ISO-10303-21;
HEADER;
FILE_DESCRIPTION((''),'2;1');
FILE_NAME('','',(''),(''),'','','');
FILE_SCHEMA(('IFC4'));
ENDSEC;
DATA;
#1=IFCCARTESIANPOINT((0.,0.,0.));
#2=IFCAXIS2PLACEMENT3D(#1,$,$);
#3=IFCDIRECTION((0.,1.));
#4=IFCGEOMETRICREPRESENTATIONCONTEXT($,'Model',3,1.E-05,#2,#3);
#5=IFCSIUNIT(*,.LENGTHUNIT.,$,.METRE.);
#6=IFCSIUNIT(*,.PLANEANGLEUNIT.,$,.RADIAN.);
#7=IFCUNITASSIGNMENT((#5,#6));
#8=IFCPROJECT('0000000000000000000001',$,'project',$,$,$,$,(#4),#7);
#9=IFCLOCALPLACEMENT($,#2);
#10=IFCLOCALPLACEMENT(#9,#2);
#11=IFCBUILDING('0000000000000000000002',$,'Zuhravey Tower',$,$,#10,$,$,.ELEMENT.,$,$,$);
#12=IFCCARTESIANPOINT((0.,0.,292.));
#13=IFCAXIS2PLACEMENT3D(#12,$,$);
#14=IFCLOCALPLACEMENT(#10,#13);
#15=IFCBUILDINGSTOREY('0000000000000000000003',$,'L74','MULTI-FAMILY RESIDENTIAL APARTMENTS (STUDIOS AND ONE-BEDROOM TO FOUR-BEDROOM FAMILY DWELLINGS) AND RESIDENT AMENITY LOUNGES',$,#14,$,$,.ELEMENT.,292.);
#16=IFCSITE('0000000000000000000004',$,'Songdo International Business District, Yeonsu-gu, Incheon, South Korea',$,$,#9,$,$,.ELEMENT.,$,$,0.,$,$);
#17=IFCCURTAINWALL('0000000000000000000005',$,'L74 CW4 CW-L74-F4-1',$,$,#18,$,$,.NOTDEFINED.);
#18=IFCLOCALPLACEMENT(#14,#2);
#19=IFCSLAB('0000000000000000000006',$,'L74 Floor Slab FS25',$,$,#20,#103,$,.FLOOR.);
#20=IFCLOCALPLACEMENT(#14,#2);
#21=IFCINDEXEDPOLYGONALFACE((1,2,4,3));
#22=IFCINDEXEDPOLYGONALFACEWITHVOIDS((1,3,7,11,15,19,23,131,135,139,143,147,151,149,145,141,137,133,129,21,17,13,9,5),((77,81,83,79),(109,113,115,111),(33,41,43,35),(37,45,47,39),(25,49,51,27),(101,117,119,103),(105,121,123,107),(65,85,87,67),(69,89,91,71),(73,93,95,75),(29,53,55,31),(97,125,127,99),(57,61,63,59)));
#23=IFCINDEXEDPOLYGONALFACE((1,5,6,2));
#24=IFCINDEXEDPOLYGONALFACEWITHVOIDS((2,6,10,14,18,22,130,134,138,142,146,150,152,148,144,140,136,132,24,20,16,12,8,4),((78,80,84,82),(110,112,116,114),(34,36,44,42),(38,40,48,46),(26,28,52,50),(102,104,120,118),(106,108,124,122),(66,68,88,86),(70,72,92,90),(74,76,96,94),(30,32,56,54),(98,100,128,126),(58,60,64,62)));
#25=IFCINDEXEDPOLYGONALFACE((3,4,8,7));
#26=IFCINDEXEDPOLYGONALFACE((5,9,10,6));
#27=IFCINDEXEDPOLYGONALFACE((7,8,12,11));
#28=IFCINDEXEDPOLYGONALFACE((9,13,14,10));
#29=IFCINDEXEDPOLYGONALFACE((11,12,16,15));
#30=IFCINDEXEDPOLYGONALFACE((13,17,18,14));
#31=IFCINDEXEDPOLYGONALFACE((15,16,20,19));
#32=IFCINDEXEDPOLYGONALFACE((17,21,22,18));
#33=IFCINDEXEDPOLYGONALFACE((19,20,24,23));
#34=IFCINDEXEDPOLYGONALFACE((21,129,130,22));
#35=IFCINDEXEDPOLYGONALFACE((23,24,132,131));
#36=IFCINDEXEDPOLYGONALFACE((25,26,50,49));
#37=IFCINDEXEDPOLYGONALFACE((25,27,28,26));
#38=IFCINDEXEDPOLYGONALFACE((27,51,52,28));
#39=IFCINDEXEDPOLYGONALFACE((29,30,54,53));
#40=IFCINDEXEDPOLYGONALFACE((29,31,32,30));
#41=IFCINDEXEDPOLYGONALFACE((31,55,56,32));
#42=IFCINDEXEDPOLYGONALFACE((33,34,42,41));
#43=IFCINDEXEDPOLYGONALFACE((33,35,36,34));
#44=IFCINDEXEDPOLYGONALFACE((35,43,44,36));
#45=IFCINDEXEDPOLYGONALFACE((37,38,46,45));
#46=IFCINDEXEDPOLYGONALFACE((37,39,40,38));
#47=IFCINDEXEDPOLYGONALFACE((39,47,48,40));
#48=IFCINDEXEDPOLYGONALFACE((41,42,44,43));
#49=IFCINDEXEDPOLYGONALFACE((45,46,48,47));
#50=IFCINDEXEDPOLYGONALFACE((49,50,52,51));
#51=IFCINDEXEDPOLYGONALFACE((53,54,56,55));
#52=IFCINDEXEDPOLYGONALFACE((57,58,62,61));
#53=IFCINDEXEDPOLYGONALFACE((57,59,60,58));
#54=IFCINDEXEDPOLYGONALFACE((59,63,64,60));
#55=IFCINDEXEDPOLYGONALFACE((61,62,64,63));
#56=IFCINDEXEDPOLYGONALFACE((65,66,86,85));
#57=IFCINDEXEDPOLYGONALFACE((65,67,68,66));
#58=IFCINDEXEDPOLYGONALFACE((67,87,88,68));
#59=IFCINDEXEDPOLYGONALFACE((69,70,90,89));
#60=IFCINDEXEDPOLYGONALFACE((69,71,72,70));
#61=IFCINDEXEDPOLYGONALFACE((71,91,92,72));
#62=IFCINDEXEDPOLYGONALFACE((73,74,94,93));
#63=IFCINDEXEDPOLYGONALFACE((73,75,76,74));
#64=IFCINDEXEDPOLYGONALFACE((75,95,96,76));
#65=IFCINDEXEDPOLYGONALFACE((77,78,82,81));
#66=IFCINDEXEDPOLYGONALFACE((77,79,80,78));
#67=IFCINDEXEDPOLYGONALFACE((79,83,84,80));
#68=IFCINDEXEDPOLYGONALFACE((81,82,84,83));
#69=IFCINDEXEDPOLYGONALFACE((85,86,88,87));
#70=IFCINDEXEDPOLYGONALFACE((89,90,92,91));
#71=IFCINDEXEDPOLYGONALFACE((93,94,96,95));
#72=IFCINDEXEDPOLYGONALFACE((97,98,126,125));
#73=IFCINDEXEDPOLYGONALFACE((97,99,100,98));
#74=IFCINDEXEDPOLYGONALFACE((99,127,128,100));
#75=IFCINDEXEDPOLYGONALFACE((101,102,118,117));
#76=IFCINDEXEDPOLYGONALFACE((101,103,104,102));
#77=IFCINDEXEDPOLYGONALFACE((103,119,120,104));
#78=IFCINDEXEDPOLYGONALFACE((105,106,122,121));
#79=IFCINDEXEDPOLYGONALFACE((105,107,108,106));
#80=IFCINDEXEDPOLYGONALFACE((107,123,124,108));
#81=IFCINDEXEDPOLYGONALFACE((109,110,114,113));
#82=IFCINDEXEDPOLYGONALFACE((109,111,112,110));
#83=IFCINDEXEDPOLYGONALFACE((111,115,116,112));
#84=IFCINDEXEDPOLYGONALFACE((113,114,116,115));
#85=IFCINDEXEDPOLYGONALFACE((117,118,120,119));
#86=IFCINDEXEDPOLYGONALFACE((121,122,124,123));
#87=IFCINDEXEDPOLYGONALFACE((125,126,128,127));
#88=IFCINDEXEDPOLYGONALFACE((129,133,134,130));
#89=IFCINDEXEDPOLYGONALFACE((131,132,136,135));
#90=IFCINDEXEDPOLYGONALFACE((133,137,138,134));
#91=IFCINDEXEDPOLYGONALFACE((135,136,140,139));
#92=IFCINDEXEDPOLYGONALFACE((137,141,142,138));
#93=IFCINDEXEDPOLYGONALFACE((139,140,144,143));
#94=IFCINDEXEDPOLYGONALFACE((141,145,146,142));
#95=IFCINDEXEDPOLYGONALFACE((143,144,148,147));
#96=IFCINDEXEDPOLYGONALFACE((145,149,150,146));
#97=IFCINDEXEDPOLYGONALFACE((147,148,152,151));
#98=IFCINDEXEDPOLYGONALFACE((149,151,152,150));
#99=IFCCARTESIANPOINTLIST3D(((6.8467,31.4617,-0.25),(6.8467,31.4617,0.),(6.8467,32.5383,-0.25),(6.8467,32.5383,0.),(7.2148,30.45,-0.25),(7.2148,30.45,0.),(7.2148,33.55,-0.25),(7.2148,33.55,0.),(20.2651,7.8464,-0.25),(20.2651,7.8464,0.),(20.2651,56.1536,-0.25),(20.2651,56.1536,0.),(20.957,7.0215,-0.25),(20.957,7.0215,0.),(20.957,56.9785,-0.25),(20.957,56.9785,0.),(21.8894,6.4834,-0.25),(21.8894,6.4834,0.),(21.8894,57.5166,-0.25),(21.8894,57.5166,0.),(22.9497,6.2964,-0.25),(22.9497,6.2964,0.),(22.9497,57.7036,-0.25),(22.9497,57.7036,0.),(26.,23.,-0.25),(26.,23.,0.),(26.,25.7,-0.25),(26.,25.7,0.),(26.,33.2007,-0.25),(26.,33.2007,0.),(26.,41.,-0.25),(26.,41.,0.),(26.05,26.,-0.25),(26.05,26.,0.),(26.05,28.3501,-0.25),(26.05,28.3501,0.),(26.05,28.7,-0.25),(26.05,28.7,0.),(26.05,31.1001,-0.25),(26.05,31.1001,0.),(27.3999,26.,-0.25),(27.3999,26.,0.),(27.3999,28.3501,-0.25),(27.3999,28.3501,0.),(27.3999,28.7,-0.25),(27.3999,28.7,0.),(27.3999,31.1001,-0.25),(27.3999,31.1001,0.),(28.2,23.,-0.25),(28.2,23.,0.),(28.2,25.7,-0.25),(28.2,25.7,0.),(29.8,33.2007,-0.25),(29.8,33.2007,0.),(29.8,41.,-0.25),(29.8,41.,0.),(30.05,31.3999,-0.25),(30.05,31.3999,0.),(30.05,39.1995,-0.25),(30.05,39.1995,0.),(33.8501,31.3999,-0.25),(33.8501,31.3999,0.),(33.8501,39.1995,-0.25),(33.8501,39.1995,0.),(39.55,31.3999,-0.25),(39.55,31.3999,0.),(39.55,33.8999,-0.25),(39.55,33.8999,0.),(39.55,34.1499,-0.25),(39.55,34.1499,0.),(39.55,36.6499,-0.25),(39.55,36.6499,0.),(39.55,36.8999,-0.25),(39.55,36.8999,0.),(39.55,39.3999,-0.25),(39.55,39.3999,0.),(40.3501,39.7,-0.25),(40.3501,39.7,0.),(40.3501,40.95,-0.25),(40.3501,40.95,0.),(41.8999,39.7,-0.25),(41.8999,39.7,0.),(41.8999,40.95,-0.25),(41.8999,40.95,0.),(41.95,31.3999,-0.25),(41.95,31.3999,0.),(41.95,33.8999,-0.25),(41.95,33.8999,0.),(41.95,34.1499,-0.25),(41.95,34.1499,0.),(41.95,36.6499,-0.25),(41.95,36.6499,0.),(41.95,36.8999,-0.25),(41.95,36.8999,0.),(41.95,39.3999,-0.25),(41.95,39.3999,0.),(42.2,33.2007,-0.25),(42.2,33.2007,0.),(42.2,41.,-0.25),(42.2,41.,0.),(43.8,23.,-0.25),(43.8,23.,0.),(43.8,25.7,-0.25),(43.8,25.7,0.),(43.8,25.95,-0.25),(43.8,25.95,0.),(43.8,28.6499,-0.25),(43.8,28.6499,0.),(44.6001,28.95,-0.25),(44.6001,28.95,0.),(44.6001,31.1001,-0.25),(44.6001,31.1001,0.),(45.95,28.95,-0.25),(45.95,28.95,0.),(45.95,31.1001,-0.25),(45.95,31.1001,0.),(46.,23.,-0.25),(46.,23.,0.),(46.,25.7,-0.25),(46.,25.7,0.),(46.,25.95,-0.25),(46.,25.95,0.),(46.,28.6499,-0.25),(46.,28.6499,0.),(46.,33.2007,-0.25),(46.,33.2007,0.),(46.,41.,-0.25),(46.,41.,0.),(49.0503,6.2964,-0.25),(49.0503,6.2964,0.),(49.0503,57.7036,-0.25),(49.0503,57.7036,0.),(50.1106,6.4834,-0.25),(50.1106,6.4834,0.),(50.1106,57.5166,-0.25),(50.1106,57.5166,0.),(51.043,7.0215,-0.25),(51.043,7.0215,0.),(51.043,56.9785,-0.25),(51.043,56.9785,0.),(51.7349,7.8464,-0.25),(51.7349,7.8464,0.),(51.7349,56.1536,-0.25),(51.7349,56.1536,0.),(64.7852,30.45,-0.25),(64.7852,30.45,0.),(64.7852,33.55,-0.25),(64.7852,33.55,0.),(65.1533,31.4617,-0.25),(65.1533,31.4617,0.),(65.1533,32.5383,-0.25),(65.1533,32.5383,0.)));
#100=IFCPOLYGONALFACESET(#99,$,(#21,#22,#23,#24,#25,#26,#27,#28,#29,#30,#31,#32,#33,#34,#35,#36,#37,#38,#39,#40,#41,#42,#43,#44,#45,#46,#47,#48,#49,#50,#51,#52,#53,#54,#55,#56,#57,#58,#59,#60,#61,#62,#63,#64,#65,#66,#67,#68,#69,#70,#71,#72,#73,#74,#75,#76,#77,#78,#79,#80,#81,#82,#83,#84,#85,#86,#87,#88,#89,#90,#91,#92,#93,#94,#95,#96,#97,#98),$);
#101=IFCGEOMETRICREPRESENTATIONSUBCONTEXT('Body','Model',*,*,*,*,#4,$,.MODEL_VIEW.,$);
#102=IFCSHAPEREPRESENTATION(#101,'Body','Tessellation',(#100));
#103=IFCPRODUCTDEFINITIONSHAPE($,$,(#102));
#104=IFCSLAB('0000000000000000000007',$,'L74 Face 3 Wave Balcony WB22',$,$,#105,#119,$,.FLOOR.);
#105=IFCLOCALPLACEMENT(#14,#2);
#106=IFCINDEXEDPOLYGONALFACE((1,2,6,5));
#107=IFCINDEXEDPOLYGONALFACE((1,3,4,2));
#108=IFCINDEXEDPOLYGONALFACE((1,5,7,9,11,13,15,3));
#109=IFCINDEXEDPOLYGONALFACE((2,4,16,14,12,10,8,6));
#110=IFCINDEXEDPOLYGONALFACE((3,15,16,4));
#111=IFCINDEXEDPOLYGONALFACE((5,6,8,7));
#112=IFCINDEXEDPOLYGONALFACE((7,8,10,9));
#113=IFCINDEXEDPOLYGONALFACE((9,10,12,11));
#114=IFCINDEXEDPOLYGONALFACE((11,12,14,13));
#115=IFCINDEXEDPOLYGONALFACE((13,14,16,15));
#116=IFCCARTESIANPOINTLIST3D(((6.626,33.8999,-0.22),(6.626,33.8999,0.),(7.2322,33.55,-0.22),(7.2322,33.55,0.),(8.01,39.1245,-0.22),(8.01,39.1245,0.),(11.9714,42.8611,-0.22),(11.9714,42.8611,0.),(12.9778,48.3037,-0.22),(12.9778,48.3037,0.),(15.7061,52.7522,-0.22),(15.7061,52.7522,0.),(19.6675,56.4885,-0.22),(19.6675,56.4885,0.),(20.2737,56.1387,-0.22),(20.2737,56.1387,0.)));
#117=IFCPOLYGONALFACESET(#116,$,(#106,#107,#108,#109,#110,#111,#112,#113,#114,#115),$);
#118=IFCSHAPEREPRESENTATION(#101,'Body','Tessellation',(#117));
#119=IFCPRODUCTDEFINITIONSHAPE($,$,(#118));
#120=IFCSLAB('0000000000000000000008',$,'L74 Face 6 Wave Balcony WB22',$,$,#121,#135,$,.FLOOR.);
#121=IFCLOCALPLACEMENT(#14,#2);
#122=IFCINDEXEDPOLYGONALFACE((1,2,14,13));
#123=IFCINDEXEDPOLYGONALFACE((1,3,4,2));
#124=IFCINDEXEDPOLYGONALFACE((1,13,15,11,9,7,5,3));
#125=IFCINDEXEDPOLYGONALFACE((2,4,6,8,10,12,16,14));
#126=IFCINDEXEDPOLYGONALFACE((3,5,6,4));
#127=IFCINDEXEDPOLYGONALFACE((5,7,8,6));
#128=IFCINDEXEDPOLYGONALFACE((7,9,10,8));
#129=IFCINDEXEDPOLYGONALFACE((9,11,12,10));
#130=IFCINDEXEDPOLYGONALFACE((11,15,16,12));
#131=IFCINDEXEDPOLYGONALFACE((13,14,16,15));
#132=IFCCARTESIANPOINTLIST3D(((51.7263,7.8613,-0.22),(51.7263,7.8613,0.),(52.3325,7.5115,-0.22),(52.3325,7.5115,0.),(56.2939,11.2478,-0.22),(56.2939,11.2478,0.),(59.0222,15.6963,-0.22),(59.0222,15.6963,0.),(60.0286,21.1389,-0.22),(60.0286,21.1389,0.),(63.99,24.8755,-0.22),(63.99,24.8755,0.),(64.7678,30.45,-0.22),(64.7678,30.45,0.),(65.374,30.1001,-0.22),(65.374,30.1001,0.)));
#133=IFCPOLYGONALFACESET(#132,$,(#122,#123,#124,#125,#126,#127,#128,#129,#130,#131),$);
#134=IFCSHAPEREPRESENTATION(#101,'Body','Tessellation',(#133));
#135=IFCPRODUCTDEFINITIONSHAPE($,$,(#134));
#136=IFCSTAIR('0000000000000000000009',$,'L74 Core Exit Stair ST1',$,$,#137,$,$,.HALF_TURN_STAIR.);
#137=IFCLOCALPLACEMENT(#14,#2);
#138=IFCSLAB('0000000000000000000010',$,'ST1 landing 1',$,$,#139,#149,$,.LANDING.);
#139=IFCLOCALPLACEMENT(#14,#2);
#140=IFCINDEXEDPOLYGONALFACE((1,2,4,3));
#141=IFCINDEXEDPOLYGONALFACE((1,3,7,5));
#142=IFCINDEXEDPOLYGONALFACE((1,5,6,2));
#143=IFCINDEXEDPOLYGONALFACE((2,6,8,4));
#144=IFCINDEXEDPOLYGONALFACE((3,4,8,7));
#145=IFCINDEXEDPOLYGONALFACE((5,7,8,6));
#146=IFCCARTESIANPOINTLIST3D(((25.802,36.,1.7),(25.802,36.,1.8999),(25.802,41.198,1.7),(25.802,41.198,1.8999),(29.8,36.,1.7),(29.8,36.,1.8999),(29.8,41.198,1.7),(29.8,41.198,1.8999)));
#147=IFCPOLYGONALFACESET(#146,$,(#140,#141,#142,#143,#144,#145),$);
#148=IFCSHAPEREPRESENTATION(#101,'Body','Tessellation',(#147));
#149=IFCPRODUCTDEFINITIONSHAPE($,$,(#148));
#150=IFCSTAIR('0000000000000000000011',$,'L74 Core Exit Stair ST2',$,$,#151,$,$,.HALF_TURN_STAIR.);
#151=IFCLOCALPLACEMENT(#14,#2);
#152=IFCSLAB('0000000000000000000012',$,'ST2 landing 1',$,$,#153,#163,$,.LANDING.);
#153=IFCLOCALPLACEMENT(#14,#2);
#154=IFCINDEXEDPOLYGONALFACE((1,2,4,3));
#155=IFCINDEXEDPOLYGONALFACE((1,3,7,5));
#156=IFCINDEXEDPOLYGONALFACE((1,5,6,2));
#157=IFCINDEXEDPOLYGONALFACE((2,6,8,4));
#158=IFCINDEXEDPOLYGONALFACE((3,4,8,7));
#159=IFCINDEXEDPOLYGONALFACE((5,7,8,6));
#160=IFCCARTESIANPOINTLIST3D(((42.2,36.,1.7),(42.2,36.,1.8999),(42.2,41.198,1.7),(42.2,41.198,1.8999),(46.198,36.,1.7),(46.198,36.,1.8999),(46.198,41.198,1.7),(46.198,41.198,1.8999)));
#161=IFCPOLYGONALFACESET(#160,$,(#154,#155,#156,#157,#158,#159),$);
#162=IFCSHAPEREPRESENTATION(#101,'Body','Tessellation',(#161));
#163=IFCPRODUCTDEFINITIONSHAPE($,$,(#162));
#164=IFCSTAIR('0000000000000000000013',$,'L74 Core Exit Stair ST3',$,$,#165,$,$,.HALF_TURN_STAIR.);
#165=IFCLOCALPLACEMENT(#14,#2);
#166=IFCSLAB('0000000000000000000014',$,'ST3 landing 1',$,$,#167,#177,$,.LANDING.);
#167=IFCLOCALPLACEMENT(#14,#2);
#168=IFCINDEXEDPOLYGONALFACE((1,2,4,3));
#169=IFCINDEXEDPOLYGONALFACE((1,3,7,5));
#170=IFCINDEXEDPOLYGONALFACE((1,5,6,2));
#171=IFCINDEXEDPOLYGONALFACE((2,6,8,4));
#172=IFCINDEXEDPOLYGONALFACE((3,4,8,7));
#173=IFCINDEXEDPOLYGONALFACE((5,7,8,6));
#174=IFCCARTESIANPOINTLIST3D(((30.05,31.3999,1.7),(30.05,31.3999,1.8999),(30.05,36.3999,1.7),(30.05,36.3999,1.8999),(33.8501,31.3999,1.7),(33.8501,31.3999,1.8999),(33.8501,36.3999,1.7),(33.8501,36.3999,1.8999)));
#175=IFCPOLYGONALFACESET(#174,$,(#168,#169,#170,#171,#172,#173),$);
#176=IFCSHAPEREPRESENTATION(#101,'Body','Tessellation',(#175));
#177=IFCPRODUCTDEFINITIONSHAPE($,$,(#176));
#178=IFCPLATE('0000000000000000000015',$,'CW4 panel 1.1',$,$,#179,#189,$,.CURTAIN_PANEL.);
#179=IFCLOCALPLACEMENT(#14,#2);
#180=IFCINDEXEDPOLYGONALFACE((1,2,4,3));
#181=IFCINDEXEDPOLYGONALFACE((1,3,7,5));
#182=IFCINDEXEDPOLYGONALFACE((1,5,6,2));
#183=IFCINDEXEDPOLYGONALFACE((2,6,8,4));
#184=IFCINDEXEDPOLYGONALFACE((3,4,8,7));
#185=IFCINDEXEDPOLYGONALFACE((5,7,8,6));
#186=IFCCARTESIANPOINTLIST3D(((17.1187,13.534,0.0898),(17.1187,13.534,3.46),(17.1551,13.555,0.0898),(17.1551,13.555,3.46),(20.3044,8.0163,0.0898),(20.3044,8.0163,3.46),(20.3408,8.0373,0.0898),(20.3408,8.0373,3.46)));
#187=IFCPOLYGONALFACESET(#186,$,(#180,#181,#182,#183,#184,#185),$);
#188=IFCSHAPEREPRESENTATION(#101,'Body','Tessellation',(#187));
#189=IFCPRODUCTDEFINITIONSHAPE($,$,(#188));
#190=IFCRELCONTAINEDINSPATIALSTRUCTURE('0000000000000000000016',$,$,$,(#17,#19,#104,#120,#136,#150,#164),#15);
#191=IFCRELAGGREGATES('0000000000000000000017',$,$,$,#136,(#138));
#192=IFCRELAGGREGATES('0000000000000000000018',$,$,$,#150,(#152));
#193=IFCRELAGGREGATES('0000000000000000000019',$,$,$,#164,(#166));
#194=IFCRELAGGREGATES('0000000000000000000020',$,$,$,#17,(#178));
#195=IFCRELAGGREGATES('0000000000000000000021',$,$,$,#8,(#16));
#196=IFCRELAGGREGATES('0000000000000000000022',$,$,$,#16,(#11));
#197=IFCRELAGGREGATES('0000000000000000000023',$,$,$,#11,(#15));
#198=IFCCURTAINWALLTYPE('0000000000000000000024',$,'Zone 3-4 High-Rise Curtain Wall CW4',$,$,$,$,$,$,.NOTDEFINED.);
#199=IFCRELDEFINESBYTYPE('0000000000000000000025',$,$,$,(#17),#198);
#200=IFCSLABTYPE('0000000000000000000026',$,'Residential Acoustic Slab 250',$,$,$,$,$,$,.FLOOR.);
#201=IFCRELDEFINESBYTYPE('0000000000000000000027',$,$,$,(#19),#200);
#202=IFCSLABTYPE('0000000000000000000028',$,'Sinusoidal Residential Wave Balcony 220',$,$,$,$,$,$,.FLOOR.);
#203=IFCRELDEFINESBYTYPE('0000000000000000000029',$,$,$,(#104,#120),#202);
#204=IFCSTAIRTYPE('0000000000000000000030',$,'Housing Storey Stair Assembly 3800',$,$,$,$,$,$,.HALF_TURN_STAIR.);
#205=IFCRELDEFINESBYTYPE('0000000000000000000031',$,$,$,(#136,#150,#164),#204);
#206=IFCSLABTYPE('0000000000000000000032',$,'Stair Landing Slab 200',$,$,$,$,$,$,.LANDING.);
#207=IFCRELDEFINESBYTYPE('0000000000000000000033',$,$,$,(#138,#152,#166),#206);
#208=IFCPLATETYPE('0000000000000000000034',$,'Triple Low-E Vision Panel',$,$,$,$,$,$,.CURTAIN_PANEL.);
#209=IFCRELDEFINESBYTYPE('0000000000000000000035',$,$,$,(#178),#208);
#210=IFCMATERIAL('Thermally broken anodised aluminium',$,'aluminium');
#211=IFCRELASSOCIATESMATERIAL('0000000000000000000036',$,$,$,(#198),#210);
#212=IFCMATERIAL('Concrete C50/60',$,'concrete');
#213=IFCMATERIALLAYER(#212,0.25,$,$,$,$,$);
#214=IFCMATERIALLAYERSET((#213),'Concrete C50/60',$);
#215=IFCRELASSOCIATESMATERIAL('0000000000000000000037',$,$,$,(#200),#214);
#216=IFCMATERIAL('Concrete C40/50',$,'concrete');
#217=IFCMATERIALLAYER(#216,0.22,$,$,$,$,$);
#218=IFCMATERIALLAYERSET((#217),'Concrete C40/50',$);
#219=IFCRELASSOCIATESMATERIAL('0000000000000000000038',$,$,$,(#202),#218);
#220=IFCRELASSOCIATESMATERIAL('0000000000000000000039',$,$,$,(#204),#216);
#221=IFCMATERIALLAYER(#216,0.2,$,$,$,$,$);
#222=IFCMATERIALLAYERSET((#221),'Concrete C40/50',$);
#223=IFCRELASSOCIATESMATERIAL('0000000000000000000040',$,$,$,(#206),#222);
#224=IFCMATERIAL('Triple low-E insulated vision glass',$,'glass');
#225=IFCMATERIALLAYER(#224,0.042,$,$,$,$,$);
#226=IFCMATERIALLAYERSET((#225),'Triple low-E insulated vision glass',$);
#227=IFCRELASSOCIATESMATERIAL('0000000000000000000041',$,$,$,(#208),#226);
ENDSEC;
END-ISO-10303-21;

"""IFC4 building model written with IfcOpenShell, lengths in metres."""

from ifc_helpers import new_model, si_unit, direction, frame, origin, origin_2d, place, context, subcontext, project, spatial, polyline, rectangle, outline, extrude, material, layer, layer_set, type_object, element, aggregate, save


model = new_model("IFC4")

# Units and contexts
model_context = context("Model", 3, precision=1e-05, world=origin(), true_north=direction((0.0, 1.0)))
body_context = subcontext(model_context, "Body", "Model", "MODEL_VIEW")
ifc_project = project(units=[si_unit("LENGTHUNIT", "METRE"), si_unit("PLANEANGLEUNIT", "RADIAN")], contexts=[model_context])

# Site, building, storey
site_placement = place(None, origin())
site = spatial("IfcSite", under=ifc_project, at=site_placement, Name="Songdo International Business District, Yeonsu-gu, Incheon, South Korea", CompositionType="ELEMENT", RefElevation=0.0)
building_placement = place(site_placement, origin())
building = spatial("IfcBuilding", under=site, at=building_placement, Name="Zuhravey Tower", CompositionType="ELEMENT")
storey_placement = place(building_placement, frame((0.0, 0.0, 292.0)))
storey = spatial("IfcBuildingStorey", under=building, at=storey_placement, Name="L74", Description="MULTI-FAMILY RESIDENTIAL APARTMENTS (STUDIOS AND ONE-BEDROOM TO FOUR-BEDROOM FAMILY DWELLINGS) AND RESIDENT AMENITY LOUNGES", CompositionType="ELEMENT", Elevation=292.0)

# Shared definitions
ifc_material_1 = material(Name="Concrete C50/60", Category="concrete")

# Curtain wall
ifc_material_2 = material(Name="Thermally broken anodised aluminium", Category="aluminium")
curtain_wall_type = type_object("IfcCurtainWallType", Name="Zone 3-4 High-Rise Curtain Wall CW4", PredefinedType="NOTDEFINED", material=ifc_material_2)
curtain_wall_placement = place(storey_placement, origin())
curtain_wall = element("IfcCurtainWall", 1, at=curtain_wall_placement, inside=storey, type_object=curtain_wall_type, Name="L74 CW4 CW-L74-F4-1", PredefinedType="NOTDEFINED")

# Slabs
ifc_layer_1 = layer(ifc_material_1, 0.25)
ifc_layer_set_1 = layer_set([ifc_layer_1], Name="Concrete C50/60")
slab_type_1 = type_object("IfcSlabType", Name="Residential Acoustic Slab 250", PredefinedType="FLOOR", material=ifc_layer_set_1)
slab_1_placement = place(storey_placement, frame((0.0, 0.0, -0.25)))
element("IfcSlab", 2, at=slab_1_placement, inside=storey, type_object=slab_type_1, Name="L74 Floor Slab FS25", PredefinedType="FLOOR", context=body_context, shape_type="SweptSolid", body=[
    extrude(outline(polyline([(64.7852, 30.45), (65.1533, 31.4617), (65.1533, 32.5383), (64.7852, 33.55), (51.7349, 56.1536), (51.043, 56.9785), (50.1106, 57.5166), (49.0503, 57.7036), (22.9497, 57.7036), (21.8894, 57.5166), (20.957, 56.9785), (20.2651, 56.1536), (7.2148, 33.55), (6.8467, 32.5383), (6.8467, 31.4617), (7.2148, 30.45), (20.2651, 7.8464), (20.957, 7.0215), (21.8894, 6.4834), (22.9497, 6.2964), (49.0503, 6.2964), (50.1106, 6.4834), (51.043, 7.0215), (51.7349, 7.8464), (64.7852, 30.45)]), holes=[polyline([(29.8, 33.2007), (29.8, 41.0), (26.0, 41.0), (26.0, 33.2007), (29.8, 33.2007)]), polyline([(46.0, 33.2007), (46.0, 41.0), (42.2, 41.0), (42.2, 33.2007), (46.0, 33.2007)]), polyline([(30.05, 39.1995), (30.05, 31.3999), (33.8501, 31.3999), (33.8501, 39.1995), (30.05, 39.1995)]), polyline([(39.55, 31.3999), (41.95, 31.3999), (41.95, 33.8999), (39.55, 33.8999), (39.55, 31.3999)]), polyline([(39.55, 34.1499), (41.95, 34.1499), (41.95, 36.6499), (39.55, 36.6499), (39.55, 34.1499)]), polyline([(39.55, 36.8999), (41.95, 36.8999), (41.95, 39.3999), (39.55, 39.3999), (39.55, 36.8999)]), polyline([(26.0, 23.0), (28.2, 23.0), (28.2, 25.7), (26.0, 25.7), (26.0, 23.0)]), polyline([(43.8, 23.0), (46.0, 23.0), (46.0, 25.7), (43.8, 25.7), (43.8, 23.0)]), polyline([(43.8, 25.95), (46.0, 25.95), (46.0, 28.6499), (43.8, 28.6499), (43.8, 25.95)]), polyline([(26.05, 26.0), (27.3999, 26.0), (27.3999, 28.3501), (26.05, 28.3501), (26.05, 26.0)]), polyline([(26.05, 28.7), (27.3999, 28.7), (27.3999, 31.1001), (26.05, 31.1001), (26.05, 28.7)]), polyline([(44.6001, 28.95), (45.95, 28.95), (45.95, 31.1001), (44.6001, 31.1001), (44.6001, 28.95)]), polyline([(40.3501, 39.7), (41.8999, 39.7), (41.8999, 40.95), (40.3501, 40.95), (40.3501, 39.7)])]), origin(), (0.0, 0.0, 1.0), 0.25),
])
ifc_material_3 = material(Name="Concrete C40/50", Category="concrete")
ifc_layer_2 = layer(ifc_material_3, 0.22)
ifc_layer_set_2 = layer_set([ifc_layer_2], Name="Concrete C40/50")
slab_type_2 = type_object("IfcSlabType", Name="Sinusoidal Residential Wave Balcony 220", PredefinedType="FLOOR", material=ifc_layer_set_2)
slab_2_placement = place(storey_placement, frame((0.0, 0.0, -0.22)))
element("IfcSlab", 3, at=slab_2_placement, inside=storey, type_object=slab_type_2, Name="L74 Face 3 Wave Balcony WB22", PredefinedType="FLOOR", context=body_context, shape_type="SweptSolid", body=[
    extrude(outline(polyline([(20.2737, 56.1387), (7.2322, 33.55), (6.626, 33.8999), (8.01, 39.1245), (11.9714, 42.8611), (12.9778, 48.3037), (15.7061, 52.7522), (19.6675, 56.4885), (20.2737, 56.1387)])), origin(), (0.0, 0.0, 1.0), 0.22),
])
slab_3_placement = place(storey_placement, frame((0.0, 0.0, -0.22)))
element("IfcSlab", 4, at=slab_3_placement, inside=storey, type_object=slab_type_2, Name="L74 Face 6 Wave Balcony WB22", PredefinedType="FLOOR", context=body_context, shape_type="SweptSolid", body=[
    extrude(outline(polyline([(51.7263, 7.8613), (64.7678, 30.45), (65.374, 30.1001), (63.99, 24.8755), (60.0286, 21.1389), (59.0222, 15.6963), (56.2939, 11.2478), (52.3325, 7.5115), (51.7263, 7.8613)])), origin(), (0.0, 0.0, 1.0), 0.22),
])

# Stairs, slabs
stair_type = type_object("IfcStairType", Name="Housing Storey Stair Assembly 3800", PredefinedType="HALF_TURN_STAIR", material=ifc_material_3)
stair_1_placement = place(storey_placement, origin())
stair_1 = element("IfcStair", 5, at=stair_1_placement, inside=storey, type_object=stair_type, Name="L74 Core Exit Stair ST1", PredefinedType="HALF_TURN_STAIR")
ifc_layer_3 = layer(ifc_material_3, 0.2)
ifc_layer_set_3 = layer_set([ifc_layer_3], Name="Concrete C40/50")
slab_type_3 = type_object("IfcSlabType", Name="Stair Landing Slab 200", PredefinedType="LANDING", material=ifc_layer_set_3)
slab_4_placement = place(storey_placement, frame((0.0, 0.0, 1.7)))
slab_4 = element("IfcSlab", 6, at=slab_4_placement, type_object=slab_type_3, Name="ST1 landing 1", PredefinedType="LANDING", context=body_context, shape_type="SweptSolid", body=[
    extrude(outline(polyline([(29.8, 36.0), (29.8, 41.198), (25.802, 41.198), (25.802, 36.0), (29.8, 36.0)])), origin(), (0.0, 0.0, 1.0), 0.2),
])
aggregate(stair_1, [slab_4])
stair_2_placement = place(storey_placement, origin())
stair_2 = element("IfcStair", 7, at=stair_2_placement, inside=storey, type_object=stair_type, Name="L74 Core Exit Stair ST2", PredefinedType="HALF_TURN_STAIR")
slab_5_placement = place(storey_placement, frame((0.0, 0.0, 1.7)))
slab_5 = element("IfcSlab", 8, at=slab_5_placement, type_object=slab_type_3, Name="ST2 landing 1", PredefinedType="LANDING", context=body_context, shape_type="SweptSolid", body=[
    extrude(outline(polyline([(46.198, 36.0), (46.198, 41.198), (42.2, 41.198), (42.2, 36.0), (46.198, 36.0)])), origin(), (0.0, 0.0, 1.0), 0.2),
])
aggregate(stair_2, [slab_5])
stair_3_placement = place(storey_placement, origin())
stair_3 = element("IfcStair", 9, at=stair_3_placement, inside=storey, type_object=stair_type, Name="L74 Core Exit Stair ST3", PredefinedType="HALF_TURN_STAIR")
slab_6_placement = place(storey_placement, frame((0.0, 0.0, 1.7)))
slab_6 = element("IfcSlab", 10, at=slab_6_placement, type_object=slab_type_3, Name="ST3 landing 1", PredefinedType="LANDING", context=body_context, shape_type="SweptSolid", body=[
    extrude(outline(polyline([(30.05, 36.3999), (30.05, 31.3999), (33.8501, 31.3999), (33.8501, 36.3999), (30.05, 36.3999)])), origin(), (0.0, 0.0, 1.0), 0.2),
])
aggregate(stair_3, [slab_6])

# Plate
ifc_material_4 = material(Name="Triple low-E insulated vision glass", Category="glass")
ifc_layer_4 = layer(ifc_material_4, 0.042)
ifc_layer_set_4 = layer_set([ifc_layer_4], Name="Triple low-E insulated vision glass")
plate_type_1 = type_object("IfcPlateType", Name="Triple Low-E Vision Panel", PredefinedType="CURTAIN_PANEL", material=ifc_layer_set_4)
plate_1_placement = place(storey_placement, frame((18.7297, 10.7856, 0.0898), z_axis=(0.0, 0.0, 1.0), x_axis=(-0.500001, 0.866025, 0.0)))
plate_1 = element("IfcPlate", 11, at=plate_1_placement, type_object=plate_type_1, Name="CW4 panel 1.1", PredefinedType="CURTAIN_PANEL", context=body_context, shape_type="SweptSolid", body=[
    extrude(rectangle(XDim=6.3713, YDim=0.042, at=origin_2d()), origin(), (0.0, 0.0, 1.0), 3.3701),
])
aggregate(curtain_wall, [plate_1])

save(model, "model.ifc")
